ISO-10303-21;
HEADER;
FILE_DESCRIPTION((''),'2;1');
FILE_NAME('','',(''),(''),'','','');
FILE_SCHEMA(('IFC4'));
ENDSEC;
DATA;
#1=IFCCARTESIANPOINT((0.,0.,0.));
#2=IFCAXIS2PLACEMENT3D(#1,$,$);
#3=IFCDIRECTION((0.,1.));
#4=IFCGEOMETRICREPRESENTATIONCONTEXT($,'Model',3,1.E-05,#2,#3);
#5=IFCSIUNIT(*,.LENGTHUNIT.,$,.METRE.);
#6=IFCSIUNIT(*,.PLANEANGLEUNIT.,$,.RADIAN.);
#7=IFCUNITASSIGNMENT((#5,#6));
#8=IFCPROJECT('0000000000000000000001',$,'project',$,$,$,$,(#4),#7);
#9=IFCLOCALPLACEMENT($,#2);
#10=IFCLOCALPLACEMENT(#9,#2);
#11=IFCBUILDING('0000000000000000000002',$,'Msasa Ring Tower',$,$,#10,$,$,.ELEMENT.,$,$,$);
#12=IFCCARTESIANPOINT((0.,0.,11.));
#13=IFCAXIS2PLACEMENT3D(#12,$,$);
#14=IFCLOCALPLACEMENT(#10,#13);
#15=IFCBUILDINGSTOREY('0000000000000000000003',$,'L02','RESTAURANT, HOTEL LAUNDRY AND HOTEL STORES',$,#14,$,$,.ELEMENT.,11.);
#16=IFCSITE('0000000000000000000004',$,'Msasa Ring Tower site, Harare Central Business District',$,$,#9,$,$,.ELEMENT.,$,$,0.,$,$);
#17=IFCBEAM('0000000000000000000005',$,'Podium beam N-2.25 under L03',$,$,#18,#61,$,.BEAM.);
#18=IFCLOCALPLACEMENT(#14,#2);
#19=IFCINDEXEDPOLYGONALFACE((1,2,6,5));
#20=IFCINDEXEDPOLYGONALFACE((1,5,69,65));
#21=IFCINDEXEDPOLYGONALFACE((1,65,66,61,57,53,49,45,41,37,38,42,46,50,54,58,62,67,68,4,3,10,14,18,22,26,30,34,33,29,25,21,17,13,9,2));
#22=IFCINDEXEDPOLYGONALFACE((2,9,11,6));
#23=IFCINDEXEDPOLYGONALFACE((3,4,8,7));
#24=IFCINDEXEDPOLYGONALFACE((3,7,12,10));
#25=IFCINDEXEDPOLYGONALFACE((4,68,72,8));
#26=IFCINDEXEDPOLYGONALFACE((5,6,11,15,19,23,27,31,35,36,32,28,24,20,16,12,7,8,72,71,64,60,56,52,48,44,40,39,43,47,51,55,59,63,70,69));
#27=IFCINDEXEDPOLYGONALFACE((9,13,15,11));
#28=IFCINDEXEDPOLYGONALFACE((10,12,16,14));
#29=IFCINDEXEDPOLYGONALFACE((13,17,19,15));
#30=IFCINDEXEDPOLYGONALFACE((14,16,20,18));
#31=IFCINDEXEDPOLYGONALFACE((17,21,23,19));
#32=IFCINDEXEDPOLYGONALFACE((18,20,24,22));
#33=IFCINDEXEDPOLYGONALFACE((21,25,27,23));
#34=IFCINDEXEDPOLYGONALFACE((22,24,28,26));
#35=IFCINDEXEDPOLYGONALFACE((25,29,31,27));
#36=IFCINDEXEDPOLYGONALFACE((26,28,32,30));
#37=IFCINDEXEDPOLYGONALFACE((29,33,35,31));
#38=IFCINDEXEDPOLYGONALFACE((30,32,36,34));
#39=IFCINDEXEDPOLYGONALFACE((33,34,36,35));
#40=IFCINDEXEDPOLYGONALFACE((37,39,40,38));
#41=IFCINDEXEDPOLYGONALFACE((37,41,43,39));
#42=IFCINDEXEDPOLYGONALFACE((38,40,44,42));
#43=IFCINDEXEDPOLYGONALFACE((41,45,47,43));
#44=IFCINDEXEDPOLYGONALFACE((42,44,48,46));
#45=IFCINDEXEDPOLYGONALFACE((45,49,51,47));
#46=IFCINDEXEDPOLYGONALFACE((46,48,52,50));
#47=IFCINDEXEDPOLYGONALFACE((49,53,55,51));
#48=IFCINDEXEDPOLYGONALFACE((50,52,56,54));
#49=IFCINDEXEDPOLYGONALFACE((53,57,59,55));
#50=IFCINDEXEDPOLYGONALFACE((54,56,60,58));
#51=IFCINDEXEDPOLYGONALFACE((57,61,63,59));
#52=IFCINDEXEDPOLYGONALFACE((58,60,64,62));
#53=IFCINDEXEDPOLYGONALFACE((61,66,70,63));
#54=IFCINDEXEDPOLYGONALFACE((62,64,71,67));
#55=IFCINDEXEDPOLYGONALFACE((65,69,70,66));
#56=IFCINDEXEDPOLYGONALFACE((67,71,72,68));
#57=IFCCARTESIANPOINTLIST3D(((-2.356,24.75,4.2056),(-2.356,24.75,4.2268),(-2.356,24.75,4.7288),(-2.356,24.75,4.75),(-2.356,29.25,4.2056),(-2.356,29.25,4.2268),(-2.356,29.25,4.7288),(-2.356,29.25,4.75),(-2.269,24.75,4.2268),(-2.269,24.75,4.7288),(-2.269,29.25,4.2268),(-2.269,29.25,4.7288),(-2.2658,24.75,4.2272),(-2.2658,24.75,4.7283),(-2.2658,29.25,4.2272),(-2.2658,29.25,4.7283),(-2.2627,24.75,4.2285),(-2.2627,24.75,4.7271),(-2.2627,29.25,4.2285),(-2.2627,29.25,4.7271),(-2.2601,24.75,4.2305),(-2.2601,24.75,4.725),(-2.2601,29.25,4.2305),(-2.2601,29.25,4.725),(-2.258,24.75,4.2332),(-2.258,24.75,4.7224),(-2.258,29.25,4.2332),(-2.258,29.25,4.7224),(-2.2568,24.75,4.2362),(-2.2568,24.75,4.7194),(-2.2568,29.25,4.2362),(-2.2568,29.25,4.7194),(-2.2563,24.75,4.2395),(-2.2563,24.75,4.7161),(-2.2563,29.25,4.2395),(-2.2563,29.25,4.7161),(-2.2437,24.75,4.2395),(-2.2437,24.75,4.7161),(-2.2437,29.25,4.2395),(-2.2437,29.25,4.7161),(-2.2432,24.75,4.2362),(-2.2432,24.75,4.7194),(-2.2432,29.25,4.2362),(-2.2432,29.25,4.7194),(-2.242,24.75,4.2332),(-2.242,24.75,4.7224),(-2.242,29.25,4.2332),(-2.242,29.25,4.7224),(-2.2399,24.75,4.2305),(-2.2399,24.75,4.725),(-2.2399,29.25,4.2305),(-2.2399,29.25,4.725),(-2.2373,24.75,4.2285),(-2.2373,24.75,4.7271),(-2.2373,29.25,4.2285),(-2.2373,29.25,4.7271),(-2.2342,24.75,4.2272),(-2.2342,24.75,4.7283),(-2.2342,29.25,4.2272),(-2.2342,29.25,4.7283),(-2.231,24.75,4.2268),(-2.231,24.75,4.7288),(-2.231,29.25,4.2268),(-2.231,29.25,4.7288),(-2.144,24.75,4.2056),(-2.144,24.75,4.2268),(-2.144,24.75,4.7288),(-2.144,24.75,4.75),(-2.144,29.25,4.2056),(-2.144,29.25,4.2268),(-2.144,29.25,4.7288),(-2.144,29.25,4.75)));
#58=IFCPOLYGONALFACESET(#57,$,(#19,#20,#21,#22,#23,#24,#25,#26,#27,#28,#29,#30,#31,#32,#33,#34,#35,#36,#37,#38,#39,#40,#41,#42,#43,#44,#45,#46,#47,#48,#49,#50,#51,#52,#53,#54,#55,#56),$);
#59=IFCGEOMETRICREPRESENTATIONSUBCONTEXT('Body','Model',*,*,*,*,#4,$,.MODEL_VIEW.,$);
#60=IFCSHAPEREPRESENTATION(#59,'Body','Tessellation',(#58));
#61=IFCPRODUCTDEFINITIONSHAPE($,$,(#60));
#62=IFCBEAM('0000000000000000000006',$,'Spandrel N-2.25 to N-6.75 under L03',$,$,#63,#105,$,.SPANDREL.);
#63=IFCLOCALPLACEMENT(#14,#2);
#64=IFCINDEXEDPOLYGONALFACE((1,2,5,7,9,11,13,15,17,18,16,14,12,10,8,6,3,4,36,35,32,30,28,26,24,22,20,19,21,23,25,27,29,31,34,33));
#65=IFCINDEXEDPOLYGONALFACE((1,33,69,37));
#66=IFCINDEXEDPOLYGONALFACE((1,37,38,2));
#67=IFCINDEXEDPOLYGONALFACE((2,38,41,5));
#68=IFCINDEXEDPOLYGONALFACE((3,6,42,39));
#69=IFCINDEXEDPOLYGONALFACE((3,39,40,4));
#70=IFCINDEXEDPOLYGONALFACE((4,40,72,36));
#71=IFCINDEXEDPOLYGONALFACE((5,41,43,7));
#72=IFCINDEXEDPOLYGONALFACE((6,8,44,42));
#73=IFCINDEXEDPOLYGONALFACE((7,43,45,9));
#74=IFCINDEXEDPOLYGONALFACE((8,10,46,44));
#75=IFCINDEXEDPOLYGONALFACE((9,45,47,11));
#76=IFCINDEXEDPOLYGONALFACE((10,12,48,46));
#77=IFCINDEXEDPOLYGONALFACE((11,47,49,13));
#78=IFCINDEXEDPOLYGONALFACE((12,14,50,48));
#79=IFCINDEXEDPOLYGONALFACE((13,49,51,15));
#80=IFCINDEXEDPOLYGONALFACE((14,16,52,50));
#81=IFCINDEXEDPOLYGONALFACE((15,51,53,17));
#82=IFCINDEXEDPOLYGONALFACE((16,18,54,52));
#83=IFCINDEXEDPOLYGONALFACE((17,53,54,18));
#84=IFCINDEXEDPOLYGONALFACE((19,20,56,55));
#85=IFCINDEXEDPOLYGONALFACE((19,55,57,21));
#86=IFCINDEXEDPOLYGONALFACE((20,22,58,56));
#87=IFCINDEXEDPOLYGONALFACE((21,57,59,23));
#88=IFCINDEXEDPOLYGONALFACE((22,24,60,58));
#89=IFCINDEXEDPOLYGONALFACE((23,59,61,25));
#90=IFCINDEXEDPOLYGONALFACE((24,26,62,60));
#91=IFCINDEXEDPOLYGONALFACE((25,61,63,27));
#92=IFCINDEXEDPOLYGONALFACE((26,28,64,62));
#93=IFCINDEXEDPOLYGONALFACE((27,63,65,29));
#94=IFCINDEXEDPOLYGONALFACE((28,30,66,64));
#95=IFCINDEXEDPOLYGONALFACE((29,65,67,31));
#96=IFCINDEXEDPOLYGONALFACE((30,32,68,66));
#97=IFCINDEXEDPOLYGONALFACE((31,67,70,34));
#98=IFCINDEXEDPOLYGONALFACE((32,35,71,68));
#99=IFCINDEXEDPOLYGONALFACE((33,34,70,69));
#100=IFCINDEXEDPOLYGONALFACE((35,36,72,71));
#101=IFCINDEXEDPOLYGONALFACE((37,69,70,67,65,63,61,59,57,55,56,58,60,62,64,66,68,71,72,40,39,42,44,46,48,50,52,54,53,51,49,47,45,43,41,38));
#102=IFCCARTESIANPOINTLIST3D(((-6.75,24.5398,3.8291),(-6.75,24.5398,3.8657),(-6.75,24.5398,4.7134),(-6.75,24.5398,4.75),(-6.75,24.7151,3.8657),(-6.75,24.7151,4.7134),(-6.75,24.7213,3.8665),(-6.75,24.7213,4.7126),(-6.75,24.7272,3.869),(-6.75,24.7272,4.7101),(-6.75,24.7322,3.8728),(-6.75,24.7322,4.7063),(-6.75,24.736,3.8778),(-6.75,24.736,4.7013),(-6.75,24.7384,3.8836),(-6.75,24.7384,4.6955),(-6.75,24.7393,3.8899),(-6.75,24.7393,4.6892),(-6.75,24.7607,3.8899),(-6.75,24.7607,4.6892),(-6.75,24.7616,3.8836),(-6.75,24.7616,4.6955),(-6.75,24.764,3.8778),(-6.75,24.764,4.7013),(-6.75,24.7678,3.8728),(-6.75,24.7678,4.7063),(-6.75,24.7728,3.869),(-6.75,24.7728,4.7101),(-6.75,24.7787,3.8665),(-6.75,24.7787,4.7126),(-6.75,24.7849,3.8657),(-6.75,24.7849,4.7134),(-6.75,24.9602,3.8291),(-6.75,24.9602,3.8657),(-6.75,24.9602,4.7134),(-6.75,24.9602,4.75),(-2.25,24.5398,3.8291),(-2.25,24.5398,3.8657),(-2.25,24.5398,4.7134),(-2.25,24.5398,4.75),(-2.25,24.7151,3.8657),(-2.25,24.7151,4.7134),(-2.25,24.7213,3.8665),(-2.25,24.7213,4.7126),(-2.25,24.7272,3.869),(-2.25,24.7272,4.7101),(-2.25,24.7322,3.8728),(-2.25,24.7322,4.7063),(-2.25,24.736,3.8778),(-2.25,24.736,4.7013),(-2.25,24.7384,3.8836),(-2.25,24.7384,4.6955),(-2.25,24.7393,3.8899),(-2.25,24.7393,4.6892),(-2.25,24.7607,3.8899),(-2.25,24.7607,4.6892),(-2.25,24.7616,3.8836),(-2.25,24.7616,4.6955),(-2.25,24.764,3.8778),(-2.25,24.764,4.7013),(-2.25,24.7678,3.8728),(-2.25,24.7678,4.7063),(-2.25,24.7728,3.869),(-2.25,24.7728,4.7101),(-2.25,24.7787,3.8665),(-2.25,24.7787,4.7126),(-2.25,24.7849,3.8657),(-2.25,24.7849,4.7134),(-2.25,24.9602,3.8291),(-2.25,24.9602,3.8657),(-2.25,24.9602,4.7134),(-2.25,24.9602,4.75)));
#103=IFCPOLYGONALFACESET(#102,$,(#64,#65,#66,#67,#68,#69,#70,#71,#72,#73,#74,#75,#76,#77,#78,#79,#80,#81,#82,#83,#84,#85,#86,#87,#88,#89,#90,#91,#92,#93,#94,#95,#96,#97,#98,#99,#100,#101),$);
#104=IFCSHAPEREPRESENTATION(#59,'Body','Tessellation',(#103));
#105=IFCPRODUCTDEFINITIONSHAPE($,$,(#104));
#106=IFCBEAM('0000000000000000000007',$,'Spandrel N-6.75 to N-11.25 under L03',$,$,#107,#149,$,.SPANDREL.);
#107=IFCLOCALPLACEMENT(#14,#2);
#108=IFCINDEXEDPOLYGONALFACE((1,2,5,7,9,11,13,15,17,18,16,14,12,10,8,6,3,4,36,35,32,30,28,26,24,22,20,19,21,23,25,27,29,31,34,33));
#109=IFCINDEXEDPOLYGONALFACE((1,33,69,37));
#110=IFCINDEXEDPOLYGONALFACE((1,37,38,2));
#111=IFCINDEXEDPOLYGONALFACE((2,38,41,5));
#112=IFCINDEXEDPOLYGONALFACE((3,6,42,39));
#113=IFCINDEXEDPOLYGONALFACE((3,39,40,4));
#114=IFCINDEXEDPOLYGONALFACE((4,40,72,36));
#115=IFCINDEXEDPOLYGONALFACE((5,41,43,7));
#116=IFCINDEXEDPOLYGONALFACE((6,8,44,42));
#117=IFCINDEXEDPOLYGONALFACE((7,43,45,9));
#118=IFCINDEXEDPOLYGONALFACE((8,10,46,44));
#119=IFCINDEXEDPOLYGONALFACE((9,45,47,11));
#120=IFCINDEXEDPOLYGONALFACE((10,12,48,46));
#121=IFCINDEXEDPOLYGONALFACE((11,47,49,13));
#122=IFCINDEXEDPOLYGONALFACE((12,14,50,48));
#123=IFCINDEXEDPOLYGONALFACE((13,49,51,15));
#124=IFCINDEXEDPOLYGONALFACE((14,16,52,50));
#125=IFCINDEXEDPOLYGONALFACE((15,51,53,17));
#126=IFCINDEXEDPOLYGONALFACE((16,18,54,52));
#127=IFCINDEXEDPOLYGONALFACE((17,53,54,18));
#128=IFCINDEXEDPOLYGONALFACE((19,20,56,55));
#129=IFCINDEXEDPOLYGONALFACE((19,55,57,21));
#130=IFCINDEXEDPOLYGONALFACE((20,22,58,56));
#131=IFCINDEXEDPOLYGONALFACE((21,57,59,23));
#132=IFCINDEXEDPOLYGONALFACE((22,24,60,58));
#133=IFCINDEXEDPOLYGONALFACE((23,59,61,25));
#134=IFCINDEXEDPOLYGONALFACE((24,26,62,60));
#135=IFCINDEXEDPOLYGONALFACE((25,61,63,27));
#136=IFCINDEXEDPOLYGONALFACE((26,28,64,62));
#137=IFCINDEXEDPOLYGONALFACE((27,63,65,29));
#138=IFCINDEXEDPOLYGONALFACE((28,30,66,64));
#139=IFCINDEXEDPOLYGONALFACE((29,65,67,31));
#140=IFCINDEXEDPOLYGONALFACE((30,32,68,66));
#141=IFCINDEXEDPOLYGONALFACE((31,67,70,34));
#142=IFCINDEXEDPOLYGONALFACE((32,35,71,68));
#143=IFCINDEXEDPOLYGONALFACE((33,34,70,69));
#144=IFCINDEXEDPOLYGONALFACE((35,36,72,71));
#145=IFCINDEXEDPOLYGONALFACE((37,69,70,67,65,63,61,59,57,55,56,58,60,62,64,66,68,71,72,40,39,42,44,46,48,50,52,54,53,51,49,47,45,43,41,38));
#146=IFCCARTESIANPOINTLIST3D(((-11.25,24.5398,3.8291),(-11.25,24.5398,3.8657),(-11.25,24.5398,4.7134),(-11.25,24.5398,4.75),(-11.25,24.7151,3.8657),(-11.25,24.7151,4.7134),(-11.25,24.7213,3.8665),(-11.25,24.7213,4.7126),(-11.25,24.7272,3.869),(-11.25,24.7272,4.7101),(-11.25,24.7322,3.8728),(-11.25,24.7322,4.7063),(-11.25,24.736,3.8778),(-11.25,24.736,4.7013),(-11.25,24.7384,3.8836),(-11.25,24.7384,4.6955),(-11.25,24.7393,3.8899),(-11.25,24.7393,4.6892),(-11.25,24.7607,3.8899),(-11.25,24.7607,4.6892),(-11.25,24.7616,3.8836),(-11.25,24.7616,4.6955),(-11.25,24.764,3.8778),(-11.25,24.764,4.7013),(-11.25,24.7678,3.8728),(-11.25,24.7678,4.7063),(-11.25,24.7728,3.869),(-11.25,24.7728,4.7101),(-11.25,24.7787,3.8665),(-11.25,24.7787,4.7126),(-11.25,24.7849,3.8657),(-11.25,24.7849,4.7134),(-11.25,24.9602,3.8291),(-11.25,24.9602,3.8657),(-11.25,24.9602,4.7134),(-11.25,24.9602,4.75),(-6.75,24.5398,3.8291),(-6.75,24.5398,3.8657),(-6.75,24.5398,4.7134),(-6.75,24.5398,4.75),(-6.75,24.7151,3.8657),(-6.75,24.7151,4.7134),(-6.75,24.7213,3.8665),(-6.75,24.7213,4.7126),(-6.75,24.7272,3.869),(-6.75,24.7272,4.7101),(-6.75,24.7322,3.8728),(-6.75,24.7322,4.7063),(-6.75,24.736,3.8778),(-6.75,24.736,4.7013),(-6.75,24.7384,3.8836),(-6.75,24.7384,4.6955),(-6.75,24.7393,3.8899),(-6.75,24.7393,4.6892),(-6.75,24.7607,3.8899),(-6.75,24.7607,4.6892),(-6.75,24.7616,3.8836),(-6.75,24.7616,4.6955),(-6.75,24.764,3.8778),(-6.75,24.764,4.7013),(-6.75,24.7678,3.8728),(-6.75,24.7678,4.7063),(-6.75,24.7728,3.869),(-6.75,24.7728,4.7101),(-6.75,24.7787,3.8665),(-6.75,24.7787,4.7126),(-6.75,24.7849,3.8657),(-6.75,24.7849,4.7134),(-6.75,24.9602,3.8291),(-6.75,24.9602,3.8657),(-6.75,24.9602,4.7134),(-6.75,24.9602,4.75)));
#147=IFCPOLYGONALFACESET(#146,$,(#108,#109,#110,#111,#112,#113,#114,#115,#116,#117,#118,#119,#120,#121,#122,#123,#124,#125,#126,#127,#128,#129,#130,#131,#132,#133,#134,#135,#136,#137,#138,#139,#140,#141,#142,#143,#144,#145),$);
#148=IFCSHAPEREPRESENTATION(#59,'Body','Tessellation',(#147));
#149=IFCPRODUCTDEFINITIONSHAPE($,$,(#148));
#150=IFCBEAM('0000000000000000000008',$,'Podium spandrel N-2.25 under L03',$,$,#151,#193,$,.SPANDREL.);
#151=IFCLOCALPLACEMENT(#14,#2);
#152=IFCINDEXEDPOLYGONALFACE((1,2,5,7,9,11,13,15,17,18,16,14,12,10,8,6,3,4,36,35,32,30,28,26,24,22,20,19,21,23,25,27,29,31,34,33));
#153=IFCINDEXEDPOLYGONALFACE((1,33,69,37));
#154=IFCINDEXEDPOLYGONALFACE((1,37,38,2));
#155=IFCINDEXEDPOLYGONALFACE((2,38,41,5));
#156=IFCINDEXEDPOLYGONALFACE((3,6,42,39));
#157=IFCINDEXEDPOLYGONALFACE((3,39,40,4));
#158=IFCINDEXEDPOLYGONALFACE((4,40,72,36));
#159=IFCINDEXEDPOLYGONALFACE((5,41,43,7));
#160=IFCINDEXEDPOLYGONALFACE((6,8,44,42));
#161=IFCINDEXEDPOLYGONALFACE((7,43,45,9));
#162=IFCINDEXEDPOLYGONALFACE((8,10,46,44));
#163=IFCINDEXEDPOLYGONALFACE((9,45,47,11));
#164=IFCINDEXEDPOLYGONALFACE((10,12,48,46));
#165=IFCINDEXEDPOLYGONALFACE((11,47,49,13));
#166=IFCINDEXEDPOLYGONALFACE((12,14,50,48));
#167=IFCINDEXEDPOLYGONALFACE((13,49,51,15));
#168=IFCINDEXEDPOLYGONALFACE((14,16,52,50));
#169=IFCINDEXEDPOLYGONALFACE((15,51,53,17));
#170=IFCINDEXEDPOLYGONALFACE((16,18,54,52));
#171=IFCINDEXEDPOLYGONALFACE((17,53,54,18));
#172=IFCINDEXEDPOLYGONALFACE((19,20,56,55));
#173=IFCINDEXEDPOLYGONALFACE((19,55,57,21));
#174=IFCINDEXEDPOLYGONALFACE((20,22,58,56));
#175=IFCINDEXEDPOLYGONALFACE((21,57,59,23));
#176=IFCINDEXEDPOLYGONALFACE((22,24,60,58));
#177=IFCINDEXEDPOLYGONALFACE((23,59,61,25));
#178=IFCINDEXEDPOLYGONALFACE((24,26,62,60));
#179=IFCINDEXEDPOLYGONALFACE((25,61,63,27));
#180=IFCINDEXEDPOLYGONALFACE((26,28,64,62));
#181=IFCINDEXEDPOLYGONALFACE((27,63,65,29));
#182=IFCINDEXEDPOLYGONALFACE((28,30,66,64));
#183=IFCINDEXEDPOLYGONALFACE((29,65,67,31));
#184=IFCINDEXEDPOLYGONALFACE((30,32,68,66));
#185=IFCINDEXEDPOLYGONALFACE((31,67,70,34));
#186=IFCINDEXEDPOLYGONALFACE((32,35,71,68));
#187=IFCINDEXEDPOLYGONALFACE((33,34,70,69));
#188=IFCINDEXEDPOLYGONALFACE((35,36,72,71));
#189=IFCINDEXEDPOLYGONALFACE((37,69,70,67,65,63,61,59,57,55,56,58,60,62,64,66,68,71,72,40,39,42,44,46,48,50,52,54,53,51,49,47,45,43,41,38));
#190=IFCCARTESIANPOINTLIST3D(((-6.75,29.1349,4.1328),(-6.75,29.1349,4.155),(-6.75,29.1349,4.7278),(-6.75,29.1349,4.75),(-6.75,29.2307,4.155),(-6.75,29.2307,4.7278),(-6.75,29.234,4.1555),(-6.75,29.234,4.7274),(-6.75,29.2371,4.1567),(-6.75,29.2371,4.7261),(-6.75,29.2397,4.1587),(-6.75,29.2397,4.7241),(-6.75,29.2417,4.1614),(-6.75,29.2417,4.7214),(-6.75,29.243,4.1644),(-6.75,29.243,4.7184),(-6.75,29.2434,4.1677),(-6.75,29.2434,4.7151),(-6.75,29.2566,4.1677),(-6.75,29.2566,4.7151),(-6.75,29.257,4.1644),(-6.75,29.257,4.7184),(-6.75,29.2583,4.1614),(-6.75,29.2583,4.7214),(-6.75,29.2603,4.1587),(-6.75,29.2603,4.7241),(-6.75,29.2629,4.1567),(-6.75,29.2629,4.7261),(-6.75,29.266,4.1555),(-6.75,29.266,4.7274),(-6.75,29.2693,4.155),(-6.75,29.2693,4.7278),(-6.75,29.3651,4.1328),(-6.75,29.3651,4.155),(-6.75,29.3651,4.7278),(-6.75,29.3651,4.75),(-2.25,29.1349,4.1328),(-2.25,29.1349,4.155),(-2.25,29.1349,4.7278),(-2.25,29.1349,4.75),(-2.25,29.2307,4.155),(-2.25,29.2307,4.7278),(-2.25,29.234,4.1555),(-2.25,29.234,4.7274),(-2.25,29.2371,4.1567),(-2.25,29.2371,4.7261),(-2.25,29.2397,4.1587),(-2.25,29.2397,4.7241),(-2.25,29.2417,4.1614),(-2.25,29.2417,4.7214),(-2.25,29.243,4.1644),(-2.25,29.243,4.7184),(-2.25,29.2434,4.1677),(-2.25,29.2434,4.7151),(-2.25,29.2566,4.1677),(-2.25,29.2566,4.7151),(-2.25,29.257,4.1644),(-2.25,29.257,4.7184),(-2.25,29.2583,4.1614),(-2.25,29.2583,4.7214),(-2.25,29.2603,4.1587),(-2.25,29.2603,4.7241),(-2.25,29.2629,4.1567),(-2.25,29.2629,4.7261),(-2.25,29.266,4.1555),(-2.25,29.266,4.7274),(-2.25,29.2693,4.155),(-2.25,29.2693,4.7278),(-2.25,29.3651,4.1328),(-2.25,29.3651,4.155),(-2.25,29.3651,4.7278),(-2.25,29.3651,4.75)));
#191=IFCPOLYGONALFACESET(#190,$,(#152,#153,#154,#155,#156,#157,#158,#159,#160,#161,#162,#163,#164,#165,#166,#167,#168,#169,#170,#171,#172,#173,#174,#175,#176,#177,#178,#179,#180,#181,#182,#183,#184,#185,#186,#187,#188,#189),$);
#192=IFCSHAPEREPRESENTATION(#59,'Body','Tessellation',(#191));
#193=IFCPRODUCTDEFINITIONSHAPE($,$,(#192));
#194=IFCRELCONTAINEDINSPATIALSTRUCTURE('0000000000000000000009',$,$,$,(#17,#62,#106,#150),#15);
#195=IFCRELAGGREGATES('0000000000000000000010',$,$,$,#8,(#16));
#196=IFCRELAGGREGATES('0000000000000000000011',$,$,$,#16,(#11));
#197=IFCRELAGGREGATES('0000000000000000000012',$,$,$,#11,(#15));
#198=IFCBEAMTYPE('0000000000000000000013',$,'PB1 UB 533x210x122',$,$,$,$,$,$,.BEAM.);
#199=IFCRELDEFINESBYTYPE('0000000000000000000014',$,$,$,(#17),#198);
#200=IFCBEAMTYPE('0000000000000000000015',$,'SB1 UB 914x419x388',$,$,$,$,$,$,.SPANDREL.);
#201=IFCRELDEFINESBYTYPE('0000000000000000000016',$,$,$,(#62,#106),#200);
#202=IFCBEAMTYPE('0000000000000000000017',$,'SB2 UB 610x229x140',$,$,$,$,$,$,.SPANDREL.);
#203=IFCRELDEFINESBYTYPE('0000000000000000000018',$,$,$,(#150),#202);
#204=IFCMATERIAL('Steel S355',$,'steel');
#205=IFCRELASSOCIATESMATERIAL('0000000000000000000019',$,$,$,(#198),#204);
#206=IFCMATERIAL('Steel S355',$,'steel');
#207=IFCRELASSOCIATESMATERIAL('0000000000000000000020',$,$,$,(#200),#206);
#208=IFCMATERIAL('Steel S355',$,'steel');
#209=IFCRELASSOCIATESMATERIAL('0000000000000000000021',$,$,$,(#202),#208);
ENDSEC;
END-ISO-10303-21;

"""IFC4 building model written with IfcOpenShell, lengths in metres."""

from ifc_helpers import new_model, si_unit, direction, frame, origin, origin_2d, place, context, subcontext, project, spatial, i_section, extrude, material, material_profile, profile_set, type_object, element, save


model = new_model("IFC4")

# Units and contexts
model_context = context("Model", 3, precision=1e-05, world=origin(), true_north=direction((0.0, 1.0)))
body_context = subcontext(model_context, "Body", "Model", "MODEL_VIEW")
ifc_project = project(units=[si_unit("LENGTHUNIT", "METRE"), si_unit("PLANEANGLEUNIT", "RADIAN")], contexts=[model_context])

# Site, building, storey
site_placement = place(None, origin())
site = spatial("IfcSite", under=ifc_project, at=site_placement, Name="Msasa Ring Tower site, Harare Central Business District", CompositionType="ELEMENT", RefElevation=0.0)
building_placement = place(site_placement, origin())
building = spatial("IfcBuilding", under=site, at=building_placement, Name="Msasa Ring Tower", CompositionType="ELEMENT")
storey_placement = place(building_placement, frame((0.0, 0.0, 11.0)))
storey = spatial("IfcBuildingStorey", under=building, at=storey_placement, Name="L02", Description="RESTAURANT, HOTEL LAUNDRY AND HOTEL STORES", CompositionType="ELEMENT", Elevation=11.0)

# Beams
ifc_material_1 = material(Name="Steel S355", Category="steel")
ifc_material_profile_1 = material_profile(ifc_material_1, i_section(OverallWidth=0.2119, OverallDepth=0.5444, WebThickness=0.0127, FlangeThickness=0.0212, FilletRadius=0.0127, at=origin_2d()), Name="UB 533x210x122")
ifc_profile_set_1 = profile_set([ifc_material_profile_1], Name="Steel S355")
beam_type_1 = type_object("IfcBeamType", Name="PB1 UB 533x210x122", PredefinedType="BEAM", material=ifc_profile_set_1)
for number, where, z_axis, x_axis, name in (
    (1, (-2.25, 29.25, 4.4778), (0.0, -1.0, 0.0), (1.0, 0.0, 0.0), "Podium beam N-2.25 under L03"),
):
    element("IfcBeam", number, at=place(storey_placement, frame(where, z_axis=z_axis, x_axis=x_axis)), inside=storey, type_object=beam_type_1, Name=name, PredefinedType="BEAM", context=body_context, shape_type="SweptSolid", body=[
        extrude(i_section(OverallWidth=0.2119, OverallDepth=0.5444, WebThickness=0.0127, FlangeThickness=0.0212, FilletRadius=0.0127, at=origin_2d()), origin(), (0.0, 0.0, 1.0), 4.5),
    ])
ifc_material_2 = material(Name="Steel S355", Category="steel")
ifc_material_profile_2 = material_profile(ifc_material_2, i_section(OverallWidth=0.4204, OverallDepth=0.9209, WebThickness=0.0215, FlangeThickness=0.0366, FilletRadius=0.0242, at=origin_2d()), Name="UB 914x419x388")
ifc_profile_set_2 = profile_set([ifc_material_profile_2], Name="Steel S355")
beam_type_2 = type_object("IfcBeamType", Name="SB1 UB 914x419x388", PredefinedType="SPANDREL", material=ifc_profile_set_2)
for number, where, z_axis, x_axis, name in (
    (2, (-2.25, 24.75, 4.2896), (-1.0, 0.0, 0.0), (0.0, -1.0, 0.0), "Spandrel N-2.25 to N-6.75 under L03"),
    (3, (-6.75, 24.75, 4.2896), (-1.0, 0.0, 0.0), (0.0, -1.0, 0.0), "Spandrel N-6.75 to N-11.25 under L03"),
):
    element("IfcBeam", number, at=place(storey_placement, frame(where, z_axis=z_axis, x_axis=x_axis)), inside=storey, type_object=beam_type_2, Name=name, PredefinedType="SPANDREL", context=body_context, shape_type="SweptSolid", body=[
        extrude(i_section(OverallWidth=0.4204, OverallDepth=0.9209, WebThickness=0.0215, FlangeThickness=0.0366, FilletRadius=0.0242, at=origin_2d()), origin(), (0.0, 0.0, 1.0), 4.5),
    ])
ifc_material_3 = material(Name="Steel S355", Category="steel")
ifc_material_profile_3 = material_profile(ifc_material_3, i_section(OverallWidth=0.2302, OverallDepth=0.6172, WebThickness=0.0132, FlangeThickness=0.0222, FilletRadius=0.0127, at=origin_2d()), Name="UB 610x229x140")
ifc_profile_set_3 = profile_set([ifc_material_profile_3], Name="Steel S355")
beam_type_3 = type_object("IfcBeamType", Name="SB2 UB 610x229x140", PredefinedType="SPANDREL", material=ifc_profile_set_3)
for number, where, z_axis, x_axis, name in (
    (4, (-2.25, 29.25, 4.4414), (-1.0, 0.0, 0.0), (0.0, -1.0, 0.0), "Podium spandrel N-2.25 under L03"),
):
    element("IfcBeam", number, at=place(storey_placement, frame(where, z_axis=z_axis, x_axis=x_axis)), inside=storey, type_object=beam_type_3, Name=name, PredefinedType="SPANDREL", context=body_context, shape_type="SweptSolid", body=[
        extrude(i_section(OverallWidth=0.2302, OverallDepth=0.6172, WebThickness=0.0132, FlangeThickness=0.0222, FilletRadius=0.0127, at=origin_2d()), origin(), (0.0, 0.0, 1.0), 4.5),
    ])

save(model, "model.ifc")
